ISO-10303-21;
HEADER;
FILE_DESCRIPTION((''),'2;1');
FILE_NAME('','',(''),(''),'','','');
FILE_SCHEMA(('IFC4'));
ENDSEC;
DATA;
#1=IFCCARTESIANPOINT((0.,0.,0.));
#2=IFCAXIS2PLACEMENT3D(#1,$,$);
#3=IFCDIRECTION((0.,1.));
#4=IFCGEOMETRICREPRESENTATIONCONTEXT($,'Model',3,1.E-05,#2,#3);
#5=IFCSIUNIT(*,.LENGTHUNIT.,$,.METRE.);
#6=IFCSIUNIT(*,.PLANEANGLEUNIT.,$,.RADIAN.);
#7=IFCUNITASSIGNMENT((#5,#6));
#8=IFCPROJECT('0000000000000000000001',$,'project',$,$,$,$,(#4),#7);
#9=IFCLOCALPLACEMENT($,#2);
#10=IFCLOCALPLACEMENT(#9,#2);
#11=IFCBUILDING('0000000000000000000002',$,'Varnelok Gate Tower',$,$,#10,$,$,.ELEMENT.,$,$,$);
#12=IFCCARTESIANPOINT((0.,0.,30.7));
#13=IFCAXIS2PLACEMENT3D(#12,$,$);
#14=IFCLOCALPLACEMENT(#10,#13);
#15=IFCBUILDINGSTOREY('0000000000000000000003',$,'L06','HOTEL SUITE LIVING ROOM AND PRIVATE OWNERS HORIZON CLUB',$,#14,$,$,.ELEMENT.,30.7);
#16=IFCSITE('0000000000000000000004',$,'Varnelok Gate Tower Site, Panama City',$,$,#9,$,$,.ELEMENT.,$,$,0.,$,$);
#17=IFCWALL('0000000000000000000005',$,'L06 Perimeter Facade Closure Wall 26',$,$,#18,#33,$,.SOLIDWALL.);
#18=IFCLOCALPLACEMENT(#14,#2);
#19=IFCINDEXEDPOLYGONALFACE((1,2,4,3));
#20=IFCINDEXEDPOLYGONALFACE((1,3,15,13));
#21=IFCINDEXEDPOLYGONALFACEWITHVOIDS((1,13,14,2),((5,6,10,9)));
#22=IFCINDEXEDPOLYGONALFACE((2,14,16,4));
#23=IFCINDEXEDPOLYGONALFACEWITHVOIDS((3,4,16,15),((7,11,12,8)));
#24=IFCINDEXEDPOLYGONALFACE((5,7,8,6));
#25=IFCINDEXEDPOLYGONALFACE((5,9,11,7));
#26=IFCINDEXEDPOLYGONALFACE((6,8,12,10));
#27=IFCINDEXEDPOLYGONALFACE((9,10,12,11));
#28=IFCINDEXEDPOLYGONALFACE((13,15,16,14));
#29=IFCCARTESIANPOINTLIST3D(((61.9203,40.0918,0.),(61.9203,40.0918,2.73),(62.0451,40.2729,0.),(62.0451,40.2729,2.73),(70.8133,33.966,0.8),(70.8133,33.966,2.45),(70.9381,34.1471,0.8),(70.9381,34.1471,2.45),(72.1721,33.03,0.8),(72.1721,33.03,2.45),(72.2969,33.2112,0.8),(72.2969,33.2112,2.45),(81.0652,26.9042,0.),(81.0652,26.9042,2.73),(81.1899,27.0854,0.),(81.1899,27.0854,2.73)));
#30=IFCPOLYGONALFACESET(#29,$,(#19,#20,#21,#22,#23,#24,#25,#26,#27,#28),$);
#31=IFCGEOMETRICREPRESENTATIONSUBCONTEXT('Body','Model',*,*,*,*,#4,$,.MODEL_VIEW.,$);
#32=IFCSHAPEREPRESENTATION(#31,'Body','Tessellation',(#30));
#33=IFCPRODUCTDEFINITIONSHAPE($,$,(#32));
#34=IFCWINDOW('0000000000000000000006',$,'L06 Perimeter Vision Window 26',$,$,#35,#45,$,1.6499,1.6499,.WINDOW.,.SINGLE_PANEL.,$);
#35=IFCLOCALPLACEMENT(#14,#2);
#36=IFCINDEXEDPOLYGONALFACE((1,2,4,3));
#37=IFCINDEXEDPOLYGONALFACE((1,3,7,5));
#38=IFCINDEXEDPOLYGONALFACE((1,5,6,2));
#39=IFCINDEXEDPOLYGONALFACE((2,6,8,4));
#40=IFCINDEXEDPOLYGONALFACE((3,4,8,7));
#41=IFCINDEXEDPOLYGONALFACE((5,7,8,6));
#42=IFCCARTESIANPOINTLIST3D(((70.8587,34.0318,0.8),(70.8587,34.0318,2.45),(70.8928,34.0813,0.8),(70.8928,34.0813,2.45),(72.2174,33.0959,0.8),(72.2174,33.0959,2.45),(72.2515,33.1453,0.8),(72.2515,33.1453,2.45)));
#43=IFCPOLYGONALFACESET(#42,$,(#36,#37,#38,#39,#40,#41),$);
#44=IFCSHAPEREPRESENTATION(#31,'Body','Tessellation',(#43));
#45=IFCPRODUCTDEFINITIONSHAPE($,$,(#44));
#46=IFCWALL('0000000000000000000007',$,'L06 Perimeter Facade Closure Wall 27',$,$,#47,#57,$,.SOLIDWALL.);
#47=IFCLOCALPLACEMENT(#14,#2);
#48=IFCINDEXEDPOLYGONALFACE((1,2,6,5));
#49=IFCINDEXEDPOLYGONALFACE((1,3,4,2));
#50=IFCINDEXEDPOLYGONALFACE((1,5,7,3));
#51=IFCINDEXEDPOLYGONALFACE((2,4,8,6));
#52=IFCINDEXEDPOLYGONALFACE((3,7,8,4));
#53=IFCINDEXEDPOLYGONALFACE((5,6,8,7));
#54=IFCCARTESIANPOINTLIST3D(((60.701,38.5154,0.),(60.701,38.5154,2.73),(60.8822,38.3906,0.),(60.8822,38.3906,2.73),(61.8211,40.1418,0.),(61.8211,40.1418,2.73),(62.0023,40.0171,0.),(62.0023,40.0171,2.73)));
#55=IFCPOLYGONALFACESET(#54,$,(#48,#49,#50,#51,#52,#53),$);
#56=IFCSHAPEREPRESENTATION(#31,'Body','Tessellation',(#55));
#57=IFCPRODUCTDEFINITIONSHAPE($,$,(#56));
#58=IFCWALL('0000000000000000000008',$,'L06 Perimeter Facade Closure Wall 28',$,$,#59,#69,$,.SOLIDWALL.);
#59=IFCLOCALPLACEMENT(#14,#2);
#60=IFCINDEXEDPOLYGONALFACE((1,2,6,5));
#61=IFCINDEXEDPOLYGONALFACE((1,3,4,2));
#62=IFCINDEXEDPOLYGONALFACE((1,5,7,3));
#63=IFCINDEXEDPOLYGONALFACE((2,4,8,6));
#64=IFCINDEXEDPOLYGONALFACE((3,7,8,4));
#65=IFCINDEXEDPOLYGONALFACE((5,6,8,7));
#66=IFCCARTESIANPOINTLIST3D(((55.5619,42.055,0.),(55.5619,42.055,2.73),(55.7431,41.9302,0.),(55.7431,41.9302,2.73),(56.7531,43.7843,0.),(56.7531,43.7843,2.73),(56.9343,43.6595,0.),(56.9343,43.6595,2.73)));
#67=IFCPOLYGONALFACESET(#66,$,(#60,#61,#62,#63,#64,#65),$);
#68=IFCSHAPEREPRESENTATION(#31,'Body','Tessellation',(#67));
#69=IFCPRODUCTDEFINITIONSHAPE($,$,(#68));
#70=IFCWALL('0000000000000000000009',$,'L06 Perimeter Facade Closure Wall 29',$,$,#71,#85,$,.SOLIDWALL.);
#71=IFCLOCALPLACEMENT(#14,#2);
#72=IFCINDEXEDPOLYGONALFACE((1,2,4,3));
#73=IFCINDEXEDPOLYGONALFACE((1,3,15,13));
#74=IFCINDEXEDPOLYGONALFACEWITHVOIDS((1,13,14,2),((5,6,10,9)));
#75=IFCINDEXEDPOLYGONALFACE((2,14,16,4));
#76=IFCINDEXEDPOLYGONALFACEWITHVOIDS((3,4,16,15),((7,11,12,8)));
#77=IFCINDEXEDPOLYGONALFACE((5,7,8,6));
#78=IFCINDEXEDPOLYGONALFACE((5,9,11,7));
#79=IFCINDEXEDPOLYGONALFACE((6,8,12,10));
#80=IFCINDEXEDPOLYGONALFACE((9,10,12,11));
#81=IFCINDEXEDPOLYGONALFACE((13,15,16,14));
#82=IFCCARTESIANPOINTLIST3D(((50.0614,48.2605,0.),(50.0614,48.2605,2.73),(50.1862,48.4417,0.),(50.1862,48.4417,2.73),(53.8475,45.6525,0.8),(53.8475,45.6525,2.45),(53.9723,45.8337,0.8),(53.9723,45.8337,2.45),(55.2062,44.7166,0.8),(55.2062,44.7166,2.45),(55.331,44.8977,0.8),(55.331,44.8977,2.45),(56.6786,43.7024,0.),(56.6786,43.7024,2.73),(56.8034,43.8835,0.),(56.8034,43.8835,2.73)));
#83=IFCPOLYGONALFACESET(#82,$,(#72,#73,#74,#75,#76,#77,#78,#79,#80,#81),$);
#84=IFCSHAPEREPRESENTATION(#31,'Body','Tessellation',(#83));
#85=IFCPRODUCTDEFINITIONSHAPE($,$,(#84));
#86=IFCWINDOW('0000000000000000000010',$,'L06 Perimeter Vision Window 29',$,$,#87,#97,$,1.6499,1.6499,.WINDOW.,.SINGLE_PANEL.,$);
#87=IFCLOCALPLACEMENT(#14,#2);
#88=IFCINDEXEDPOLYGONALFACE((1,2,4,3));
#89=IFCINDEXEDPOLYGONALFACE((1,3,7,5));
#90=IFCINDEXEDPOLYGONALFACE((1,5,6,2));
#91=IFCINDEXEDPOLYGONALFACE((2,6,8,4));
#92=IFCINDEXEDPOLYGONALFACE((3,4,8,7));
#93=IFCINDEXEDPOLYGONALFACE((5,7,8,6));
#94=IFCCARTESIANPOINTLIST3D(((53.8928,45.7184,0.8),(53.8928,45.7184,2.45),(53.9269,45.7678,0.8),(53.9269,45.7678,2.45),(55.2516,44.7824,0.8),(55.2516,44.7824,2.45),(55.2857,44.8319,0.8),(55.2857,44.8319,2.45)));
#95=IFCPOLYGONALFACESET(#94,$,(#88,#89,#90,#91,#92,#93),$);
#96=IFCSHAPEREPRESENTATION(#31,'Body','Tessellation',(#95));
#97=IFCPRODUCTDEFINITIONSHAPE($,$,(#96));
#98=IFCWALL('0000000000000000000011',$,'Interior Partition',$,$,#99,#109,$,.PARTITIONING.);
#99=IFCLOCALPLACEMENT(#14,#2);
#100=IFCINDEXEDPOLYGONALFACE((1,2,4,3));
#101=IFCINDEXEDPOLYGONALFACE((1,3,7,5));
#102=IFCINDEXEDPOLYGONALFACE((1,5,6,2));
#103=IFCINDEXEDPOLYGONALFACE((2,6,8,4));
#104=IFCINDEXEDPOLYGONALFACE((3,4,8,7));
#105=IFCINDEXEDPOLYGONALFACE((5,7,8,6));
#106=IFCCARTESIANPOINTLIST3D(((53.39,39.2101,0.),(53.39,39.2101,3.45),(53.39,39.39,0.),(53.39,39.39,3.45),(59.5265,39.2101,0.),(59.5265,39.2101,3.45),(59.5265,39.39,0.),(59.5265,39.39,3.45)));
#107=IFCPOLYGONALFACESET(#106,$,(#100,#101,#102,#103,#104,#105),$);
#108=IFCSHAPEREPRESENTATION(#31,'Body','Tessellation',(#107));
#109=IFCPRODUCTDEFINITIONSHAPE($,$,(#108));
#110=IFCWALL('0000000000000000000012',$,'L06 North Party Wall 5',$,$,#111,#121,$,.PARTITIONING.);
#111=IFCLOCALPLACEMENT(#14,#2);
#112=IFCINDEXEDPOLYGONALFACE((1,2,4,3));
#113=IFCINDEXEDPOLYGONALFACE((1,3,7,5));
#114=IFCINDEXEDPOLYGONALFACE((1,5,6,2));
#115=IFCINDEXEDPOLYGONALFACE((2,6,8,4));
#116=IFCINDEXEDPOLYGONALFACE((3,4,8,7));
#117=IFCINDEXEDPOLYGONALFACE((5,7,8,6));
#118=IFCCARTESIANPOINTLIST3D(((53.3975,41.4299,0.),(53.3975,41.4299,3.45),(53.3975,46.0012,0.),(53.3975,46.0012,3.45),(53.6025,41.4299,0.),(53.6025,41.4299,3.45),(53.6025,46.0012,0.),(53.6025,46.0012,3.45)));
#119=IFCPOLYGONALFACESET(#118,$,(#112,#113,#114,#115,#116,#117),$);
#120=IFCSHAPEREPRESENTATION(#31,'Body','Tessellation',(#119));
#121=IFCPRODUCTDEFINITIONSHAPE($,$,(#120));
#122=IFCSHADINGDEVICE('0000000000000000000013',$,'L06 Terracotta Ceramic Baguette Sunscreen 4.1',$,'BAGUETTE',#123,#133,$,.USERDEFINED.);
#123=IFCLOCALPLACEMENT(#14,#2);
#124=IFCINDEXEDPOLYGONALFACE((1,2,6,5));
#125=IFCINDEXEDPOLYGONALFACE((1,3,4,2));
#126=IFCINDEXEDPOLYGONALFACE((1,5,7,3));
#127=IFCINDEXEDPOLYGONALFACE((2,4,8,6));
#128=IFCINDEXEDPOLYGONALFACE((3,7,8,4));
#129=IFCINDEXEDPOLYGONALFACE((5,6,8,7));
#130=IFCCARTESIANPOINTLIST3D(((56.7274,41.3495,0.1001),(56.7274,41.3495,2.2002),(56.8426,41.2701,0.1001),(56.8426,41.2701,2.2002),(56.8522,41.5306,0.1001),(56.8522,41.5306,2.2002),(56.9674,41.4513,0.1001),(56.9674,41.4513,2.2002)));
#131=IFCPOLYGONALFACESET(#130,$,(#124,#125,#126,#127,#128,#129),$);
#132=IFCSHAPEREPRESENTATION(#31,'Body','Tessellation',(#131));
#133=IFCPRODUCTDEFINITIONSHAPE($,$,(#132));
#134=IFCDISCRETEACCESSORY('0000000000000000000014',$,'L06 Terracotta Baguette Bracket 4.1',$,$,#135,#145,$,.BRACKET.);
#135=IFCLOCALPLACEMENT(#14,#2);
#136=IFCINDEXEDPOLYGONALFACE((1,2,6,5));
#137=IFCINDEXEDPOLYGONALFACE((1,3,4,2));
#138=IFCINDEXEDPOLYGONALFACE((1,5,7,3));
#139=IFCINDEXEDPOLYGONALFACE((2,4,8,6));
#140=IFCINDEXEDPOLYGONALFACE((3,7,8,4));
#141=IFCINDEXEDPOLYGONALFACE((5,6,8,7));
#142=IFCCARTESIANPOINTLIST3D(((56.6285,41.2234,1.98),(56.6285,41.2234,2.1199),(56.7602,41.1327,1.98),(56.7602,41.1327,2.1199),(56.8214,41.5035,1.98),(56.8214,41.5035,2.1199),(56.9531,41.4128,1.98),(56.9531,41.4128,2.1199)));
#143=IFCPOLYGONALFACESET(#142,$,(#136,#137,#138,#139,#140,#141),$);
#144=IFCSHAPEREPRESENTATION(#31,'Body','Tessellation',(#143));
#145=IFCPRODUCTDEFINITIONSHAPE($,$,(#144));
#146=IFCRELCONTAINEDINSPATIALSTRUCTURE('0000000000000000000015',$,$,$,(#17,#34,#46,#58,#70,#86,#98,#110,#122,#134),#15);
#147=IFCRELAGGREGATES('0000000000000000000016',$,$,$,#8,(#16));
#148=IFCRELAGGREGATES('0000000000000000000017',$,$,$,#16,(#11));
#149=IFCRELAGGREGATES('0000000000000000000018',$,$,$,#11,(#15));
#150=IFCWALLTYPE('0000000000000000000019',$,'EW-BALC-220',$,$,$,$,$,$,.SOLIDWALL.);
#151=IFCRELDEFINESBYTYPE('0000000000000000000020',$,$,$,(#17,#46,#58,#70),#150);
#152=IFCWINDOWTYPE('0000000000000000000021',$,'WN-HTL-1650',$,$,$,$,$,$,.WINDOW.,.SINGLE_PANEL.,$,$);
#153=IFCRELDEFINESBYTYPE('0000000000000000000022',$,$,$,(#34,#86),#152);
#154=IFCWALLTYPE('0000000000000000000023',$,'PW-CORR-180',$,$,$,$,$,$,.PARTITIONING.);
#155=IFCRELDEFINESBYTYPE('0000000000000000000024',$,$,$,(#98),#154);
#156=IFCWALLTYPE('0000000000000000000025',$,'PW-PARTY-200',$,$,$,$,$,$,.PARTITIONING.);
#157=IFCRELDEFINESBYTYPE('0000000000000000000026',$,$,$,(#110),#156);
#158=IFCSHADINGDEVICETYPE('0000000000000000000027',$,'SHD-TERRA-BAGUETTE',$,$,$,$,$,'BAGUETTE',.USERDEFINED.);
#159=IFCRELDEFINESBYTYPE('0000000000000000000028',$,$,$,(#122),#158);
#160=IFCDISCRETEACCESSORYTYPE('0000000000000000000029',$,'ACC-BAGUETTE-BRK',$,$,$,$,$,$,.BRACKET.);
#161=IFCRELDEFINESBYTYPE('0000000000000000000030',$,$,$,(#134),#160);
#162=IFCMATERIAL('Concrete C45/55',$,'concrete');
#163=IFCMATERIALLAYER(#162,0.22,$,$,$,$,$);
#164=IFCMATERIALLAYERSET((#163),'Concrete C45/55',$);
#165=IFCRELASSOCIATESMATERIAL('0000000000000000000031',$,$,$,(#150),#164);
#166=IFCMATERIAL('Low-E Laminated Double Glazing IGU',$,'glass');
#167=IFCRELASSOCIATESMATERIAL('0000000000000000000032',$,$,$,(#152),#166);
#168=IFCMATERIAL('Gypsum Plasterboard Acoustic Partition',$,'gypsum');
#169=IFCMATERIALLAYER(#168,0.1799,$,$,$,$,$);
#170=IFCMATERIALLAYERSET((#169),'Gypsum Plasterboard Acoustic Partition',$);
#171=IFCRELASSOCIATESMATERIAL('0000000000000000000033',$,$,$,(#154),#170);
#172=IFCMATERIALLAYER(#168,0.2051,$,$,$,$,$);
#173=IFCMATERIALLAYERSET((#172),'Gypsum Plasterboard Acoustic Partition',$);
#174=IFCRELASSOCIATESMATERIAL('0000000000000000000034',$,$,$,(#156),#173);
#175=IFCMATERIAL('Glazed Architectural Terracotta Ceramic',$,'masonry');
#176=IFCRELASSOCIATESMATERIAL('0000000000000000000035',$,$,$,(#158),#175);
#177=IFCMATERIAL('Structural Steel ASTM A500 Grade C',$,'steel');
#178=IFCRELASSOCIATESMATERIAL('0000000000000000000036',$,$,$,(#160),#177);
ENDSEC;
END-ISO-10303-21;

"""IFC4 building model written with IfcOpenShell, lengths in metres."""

from ifc_helpers import new_model, si_unit, direction, frame, frame_2d, origin, origin_2d, place, context, subcontext, project, spatial, rectangle, extrude, source, transform, mapped, material, layer, layer_set, type_object, element, fill, save


model = new_model("IFC4")

# Units and contexts
model_context = context("Model", 3, precision=1e-05, world=origin(), true_north=direction((0.0, 1.0)))
body_context = subcontext(model_context, "Body", "Model", "MODEL_VIEW")
ifc_project = project(units=[si_unit("LENGTHUNIT", "METRE"), si_unit("PLANEANGLEUNIT", "RADIAN")], contexts=[model_context])

# Site, building, storey
site_placement = place(None, origin())
site = spatial("IfcSite", under=ifc_project, at=site_placement, Name="Varnelok Gate Tower Site, Panama City", CompositionType="ELEMENT", RefElevation=0.0)
building_placement = place(site_placement, origin())
building = spatial("IfcBuilding", under=site, at=building_placement, Name="Varnelok Gate Tower", CompositionType="ELEMENT")
storey_placement = place(building_placement, frame((0.0, 0.0, 30.7)))
storey = spatial("IfcBuildingStorey", under=building, at=storey_placement, Name="L06", Description="HOTEL SUITE LIVING ROOM AND PRIVATE OWNERS HORIZON CLUB", CompositionType="ELEMENT", Elevation=30.7)

# Shared definitions
ifc_material_1 = material(Name="Concrete C45/55", Category="concrete")
ifc_layer_1 = layer(ifc_material_1, 0.22)
ifc_layer_set_1 = layer_set([ifc_layer_1], Name="Concrete C45/55")
wall_type_1 = type_object("IfcWallType", Name="EW-BALC-220", PredefinedType="SOLIDWALL", material=ifc_layer_set_1)

# Wall, opening, window
wall_1_placement = place(storey_placement, frame((81.1274, 26.9949, 0.0), z_axis=(0.0, 0.0, 1.0), x_axis=(-0.82353, 0.567272, 0.0)))
wall_1 = element("IfcWall", 1, at=wall_1_placement, inside=storey, type_object=wall_type_1, Name="L06 Perimeter Facade Closure Wall 26", PredefinedType="SOLIDWALL", context=body_context, shape_type="SweptSolid", body=[
    extrude(rectangle(XDim=23.2473, YDim=0.22, at=frame_2d((11.6235, 0.0))), origin(), (0.0, 0.0, 1.0), 2.73),
])
opening_1_placement = place(wall_1_placement, frame((10.7986, 0.0, 0.8)))
opening_1 = element("IfcOpeningElement", 2, at=opening_1_placement, cuts=wall_1, PredefinedType="OPENING", context=body_context, shape_type="SweptSolid", body=[
    extrude(rectangle(XDim=1.6499, YDim=1.6499, at=frame_2d((0.825, 0.825))), frame((0.0, 0.1199, 0.0), z_axis=(0.0, -1.0, 0.0), x_axis=(1.0, 0.0, 0.0)), (0.0, 0.0, 1.0), 0.24),
])
ifc_material_2 = material(Name="Low-E Laminated Double Glazing IGU", Category="glass")
window_type = type_object("IfcWindowType", Name="WN-HTL-1650", PartitioningType="SINGLE_PANEL", PredefinedType="WINDOW", material=ifc_material_2)
window_1_placement = place(opening_1_placement, origin())
window_1 = element("IfcWindow", 3, at=window_1_placement, inside=storey, type_object=window_type, Name="L06 Perimeter Vision Window 26", OverallHeight=1.6499, OverallWidth=1.6499, PartitioningType="SINGLE_PANEL", PredefinedType="WINDOW", context=body_context, shape_type="SweptSolid", body=[
    extrude(rectangle(XDim=1.6499, YDim=1.6499, at=frame_2d((0.825, 0.825))), frame((0.0, 0.03, 0.0), z_axis=(0.0, -1.0, 0.0), x_axis=(1.0, 0.0, 0.0)), (0.0, 0.0, 1.0), 0.0601),
])
fill(opening_1, window_1)

# Walls
wall_2_placement = place(storey_placement, frame((61.9116, 40.0793, 0.0), z_axis=(0.0, 0.0, 1.0), x_axis=(-0.56719, -0.823587, 0.0)))
element("IfcWall", 4, at=wall_2_placement, inside=storey, type_object=wall_type_1, Name="L06 Perimeter Facade Closure Wall 27", PredefinedType="SOLIDWALL", context=body_context, shape_type="SweptSolid", body=[
    extrude(rectangle(XDim=1.9749, YDim=0.22, at=frame_2d((0.9873, 0.0))), origin(), (0.0, 0.0, 1.0), 2.73),
])
wall_3_placement = place(storey_placement, frame((55.6526, 41.9927, 0.0), z_axis=(0.0, 0.0, 1.0), x_axis=(0.567274, 0.823529, 0.0)))
element("IfcWall", 5, at=wall_3_placement, inside=storey, type_object=wall_type_1, Name="L06 Perimeter Facade Closure Wall 28", PredefinedType="SOLIDWALL", context=body_context, shape_type="SweptSolid", body=[
    extrude(rectangle(XDim=2.0999, YDim=0.22, at=frame_2d((1.0498, 0.0))), origin(), (0.0, 0.0, 1.0), 2.73),
])

# Wall, opening, window
wall_4_placement = place(storey_placement, frame((56.741, 43.793, 0.0), z_axis=(0.0, 0.0, 1.0), x_axis=(-0.823531, 0.567271, 0.0)))
wall_4 = element("IfcWall", 6, at=wall_4_placement, inside=storey, type_object=wall_type_1, Name="L06 Perimeter Facade Closure Wall 29", PredefinedType="SOLIDWALL", context=body_context, shape_type="SweptSolid", body=[
    extrude(rectangle(XDim=8.0352, YDim=0.22, at=frame_2d((4.0176, 0.0))), origin(), (0.0, 0.0, 1.0), 2.73),
])
opening_2_placement = place(wall_4_placement, frame((1.7878, 0.0, 0.8)))
opening_2 = element("IfcOpeningElement", 7, at=opening_2_placement, cuts=wall_4, PredefinedType="OPENING", context=body_context, shape_type="SweptSolid", body=[
    extrude(rectangle(XDim=1.6499, YDim=1.6499, at=frame_2d((0.825, 0.825))), frame((0.0, 0.1199, 0.0), z_axis=(0.0, -1.0, 0.0), x_axis=(1.0, 0.0, 0.0)), (0.0, 0.0, 1.0), 0.24),
])
window_2_placement = place(opening_2_placement, origin())
window_2 = element("IfcWindow", 8, at=window_2_placement, inside=storey, type_object=window_type, Name="L06 Perimeter Vision Window 29", OverallHeight=1.6499, OverallWidth=1.6499, PartitioningType="SINGLE_PANEL", PredefinedType="WINDOW", context=body_context, shape_type="SweptSolid", body=[
    extrude(rectangle(XDim=1.6499, YDim=1.6499, at=frame_2d((0.825, 0.825))), frame((0.0, 0.03, 0.0), z_axis=(0.0, -1.0, 0.0), x_axis=(1.0, 0.0, 0.0)), (0.0, 0.0, 1.0), 0.0601),
])
fill(opening_2, window_2)

# Walls
ifc_material_3 = material(Name="Gypsum Plasterboard Acoustic Partition", Category="gypsum")
ifc_layer_2 = layer(ifc_material_3, 0.1799)
ifc_layer_set_2 = layer_set([ifc_layer_2], Name="Gypsum Plasterboard Acoustic Partition")
wall_type_2 = type_object("IfcWallType", Name="PW-CORR-180", PredefinedType="PARTITIONING", material=ifc_layer_set_2)
wall_5_placement = place(storey_placement, frame((53.3899, 39.3, 0.0), z_axis=(0.0, 0.0, 1.0), x_axis=(1.0, 0.0, 0.0)))
element("IfcWall", 9, at=wall_5_placement, inside=storey, type_object=wall_type_2, Name="Interior Partition", PredefinedType="PARTITIONING", context=body_context, shape_type="SweptSolid", body=[
    extrude(rectangle(XDim=6.1365, YDim=0.1799, at=frame_2d((3.0684, 0.0))), origin(), (0.0, 0.0, 1.0), 3.45),
])
ifc_layer_3 = layer(ifc_material_3, 0.2051)
ifc_layer_set_3 = layer_set([ifc_layer_3], Name="Gypsum Plasterboard Acoustic Partition")
wall_type_3 = type_object("IfcWallType", Name="PW-PARTY-200", PredefinedType="PARTITIONING", material=ifc_layer_set_3)
wall_6_placement = place(storey_placement, frame((53.5, 41.4299, 0.0), z_axis=(0.0, 0.0, 1.0), x_axis=(0.0, 1.0, 0.0)))
element("IfcWall", 10, at=wall_6_placement, inside=storey, type_object=wall_type_3, Name="L06 North Party Wall 5", PredefinedType="PARTITIONING", context=body_context, shape_type="SweptSolid", body=[
    extrude(rectangle(XDim=4.5713, YDim=0.2051, at=frame_2d((2.2856, 0.0))), origin(), (0.0, 0.0, 1.0), 3.45),
])

# Shading device
ifc_material_4 = material(Name="Glazed Architectural Terracotta Ceramic", Category="masonry")
shading_device_type = type_object("IfcShadingDeviceType", Name="SHD-TERRA-BAGUETTE", ElementType="BAGUETTE", PredefinedType="USERDEFINED", material=ifc_material_4)
shared_shape_1 = source(origin(), body_context, "Body", "SweptSolid", [
    extrude(rectangle(XDim=0.1399, YDim=0.22, at=origin_2d()), origin(), (0.0, 0.0, 1.0), 2.1001),
])
shading_device_placement = place(storey_placement, frame((56.8474, 41.4004, 0.1001), z_axis=(0.0, 0.0, 1.0), x_axis=(0.823533, -0.567269, 0.0)))
element("IfcShadingDevice", 11, at=shading_device_placement, inside=storey, type_object=shading_device_type, Name="L06 Terracotta Ceramic Baguette Sunscreen 4.1", ObjectType="BAGUETTE", PredefinedType="USERDEFINED", context=body_context, shape_type="MappedRepresentation", body=[
    mapped(shared_shape_1, transform((0.0, 0.0, 0.0), scale=1.0)),
])

# Discrete accessory
ifc_material_5 = material(Name="Structural Steel ASTM A500 Grade C", Category="steel")
discrete_accessory_type = type_object("IfcDiscreteAccessoryType", Name="ACC-BAGUETTE-BRK", PredefinedType="BRACKET", material=ifc_material_5)
shared_shape_2 = source(origin(), body_context, "Body", "SweptSolid", [
    extrude(rectangle(XDim=0.1599, YDim=0.3401, at=origin_2d()), origin(), (0.0, 0.0, 1.0), 0.1399),
])
discrete_accessory_placement = place(storey_placement, frame((56.7908, 41.3181, 1.98), z_axis=(0.0, 0.0, 1.0), x_axis=(0.823533, -0.567269, 0.0)))
element("IfcDiscreteAccessory", 12, at=discrete_accessory_placement, inside=storey, type_object=discrete_accessory_type, Name="L06 Terracotta Baguette Bracket 4.1", PredefinedType="BRACKET", context=body_context, shape_type="MappedRepresentation", body=[
    mapped(shared_shape_2, transform((0.0, 0.0, 0.0), scale=1.0)),
])

save(model, "model.ifc")
